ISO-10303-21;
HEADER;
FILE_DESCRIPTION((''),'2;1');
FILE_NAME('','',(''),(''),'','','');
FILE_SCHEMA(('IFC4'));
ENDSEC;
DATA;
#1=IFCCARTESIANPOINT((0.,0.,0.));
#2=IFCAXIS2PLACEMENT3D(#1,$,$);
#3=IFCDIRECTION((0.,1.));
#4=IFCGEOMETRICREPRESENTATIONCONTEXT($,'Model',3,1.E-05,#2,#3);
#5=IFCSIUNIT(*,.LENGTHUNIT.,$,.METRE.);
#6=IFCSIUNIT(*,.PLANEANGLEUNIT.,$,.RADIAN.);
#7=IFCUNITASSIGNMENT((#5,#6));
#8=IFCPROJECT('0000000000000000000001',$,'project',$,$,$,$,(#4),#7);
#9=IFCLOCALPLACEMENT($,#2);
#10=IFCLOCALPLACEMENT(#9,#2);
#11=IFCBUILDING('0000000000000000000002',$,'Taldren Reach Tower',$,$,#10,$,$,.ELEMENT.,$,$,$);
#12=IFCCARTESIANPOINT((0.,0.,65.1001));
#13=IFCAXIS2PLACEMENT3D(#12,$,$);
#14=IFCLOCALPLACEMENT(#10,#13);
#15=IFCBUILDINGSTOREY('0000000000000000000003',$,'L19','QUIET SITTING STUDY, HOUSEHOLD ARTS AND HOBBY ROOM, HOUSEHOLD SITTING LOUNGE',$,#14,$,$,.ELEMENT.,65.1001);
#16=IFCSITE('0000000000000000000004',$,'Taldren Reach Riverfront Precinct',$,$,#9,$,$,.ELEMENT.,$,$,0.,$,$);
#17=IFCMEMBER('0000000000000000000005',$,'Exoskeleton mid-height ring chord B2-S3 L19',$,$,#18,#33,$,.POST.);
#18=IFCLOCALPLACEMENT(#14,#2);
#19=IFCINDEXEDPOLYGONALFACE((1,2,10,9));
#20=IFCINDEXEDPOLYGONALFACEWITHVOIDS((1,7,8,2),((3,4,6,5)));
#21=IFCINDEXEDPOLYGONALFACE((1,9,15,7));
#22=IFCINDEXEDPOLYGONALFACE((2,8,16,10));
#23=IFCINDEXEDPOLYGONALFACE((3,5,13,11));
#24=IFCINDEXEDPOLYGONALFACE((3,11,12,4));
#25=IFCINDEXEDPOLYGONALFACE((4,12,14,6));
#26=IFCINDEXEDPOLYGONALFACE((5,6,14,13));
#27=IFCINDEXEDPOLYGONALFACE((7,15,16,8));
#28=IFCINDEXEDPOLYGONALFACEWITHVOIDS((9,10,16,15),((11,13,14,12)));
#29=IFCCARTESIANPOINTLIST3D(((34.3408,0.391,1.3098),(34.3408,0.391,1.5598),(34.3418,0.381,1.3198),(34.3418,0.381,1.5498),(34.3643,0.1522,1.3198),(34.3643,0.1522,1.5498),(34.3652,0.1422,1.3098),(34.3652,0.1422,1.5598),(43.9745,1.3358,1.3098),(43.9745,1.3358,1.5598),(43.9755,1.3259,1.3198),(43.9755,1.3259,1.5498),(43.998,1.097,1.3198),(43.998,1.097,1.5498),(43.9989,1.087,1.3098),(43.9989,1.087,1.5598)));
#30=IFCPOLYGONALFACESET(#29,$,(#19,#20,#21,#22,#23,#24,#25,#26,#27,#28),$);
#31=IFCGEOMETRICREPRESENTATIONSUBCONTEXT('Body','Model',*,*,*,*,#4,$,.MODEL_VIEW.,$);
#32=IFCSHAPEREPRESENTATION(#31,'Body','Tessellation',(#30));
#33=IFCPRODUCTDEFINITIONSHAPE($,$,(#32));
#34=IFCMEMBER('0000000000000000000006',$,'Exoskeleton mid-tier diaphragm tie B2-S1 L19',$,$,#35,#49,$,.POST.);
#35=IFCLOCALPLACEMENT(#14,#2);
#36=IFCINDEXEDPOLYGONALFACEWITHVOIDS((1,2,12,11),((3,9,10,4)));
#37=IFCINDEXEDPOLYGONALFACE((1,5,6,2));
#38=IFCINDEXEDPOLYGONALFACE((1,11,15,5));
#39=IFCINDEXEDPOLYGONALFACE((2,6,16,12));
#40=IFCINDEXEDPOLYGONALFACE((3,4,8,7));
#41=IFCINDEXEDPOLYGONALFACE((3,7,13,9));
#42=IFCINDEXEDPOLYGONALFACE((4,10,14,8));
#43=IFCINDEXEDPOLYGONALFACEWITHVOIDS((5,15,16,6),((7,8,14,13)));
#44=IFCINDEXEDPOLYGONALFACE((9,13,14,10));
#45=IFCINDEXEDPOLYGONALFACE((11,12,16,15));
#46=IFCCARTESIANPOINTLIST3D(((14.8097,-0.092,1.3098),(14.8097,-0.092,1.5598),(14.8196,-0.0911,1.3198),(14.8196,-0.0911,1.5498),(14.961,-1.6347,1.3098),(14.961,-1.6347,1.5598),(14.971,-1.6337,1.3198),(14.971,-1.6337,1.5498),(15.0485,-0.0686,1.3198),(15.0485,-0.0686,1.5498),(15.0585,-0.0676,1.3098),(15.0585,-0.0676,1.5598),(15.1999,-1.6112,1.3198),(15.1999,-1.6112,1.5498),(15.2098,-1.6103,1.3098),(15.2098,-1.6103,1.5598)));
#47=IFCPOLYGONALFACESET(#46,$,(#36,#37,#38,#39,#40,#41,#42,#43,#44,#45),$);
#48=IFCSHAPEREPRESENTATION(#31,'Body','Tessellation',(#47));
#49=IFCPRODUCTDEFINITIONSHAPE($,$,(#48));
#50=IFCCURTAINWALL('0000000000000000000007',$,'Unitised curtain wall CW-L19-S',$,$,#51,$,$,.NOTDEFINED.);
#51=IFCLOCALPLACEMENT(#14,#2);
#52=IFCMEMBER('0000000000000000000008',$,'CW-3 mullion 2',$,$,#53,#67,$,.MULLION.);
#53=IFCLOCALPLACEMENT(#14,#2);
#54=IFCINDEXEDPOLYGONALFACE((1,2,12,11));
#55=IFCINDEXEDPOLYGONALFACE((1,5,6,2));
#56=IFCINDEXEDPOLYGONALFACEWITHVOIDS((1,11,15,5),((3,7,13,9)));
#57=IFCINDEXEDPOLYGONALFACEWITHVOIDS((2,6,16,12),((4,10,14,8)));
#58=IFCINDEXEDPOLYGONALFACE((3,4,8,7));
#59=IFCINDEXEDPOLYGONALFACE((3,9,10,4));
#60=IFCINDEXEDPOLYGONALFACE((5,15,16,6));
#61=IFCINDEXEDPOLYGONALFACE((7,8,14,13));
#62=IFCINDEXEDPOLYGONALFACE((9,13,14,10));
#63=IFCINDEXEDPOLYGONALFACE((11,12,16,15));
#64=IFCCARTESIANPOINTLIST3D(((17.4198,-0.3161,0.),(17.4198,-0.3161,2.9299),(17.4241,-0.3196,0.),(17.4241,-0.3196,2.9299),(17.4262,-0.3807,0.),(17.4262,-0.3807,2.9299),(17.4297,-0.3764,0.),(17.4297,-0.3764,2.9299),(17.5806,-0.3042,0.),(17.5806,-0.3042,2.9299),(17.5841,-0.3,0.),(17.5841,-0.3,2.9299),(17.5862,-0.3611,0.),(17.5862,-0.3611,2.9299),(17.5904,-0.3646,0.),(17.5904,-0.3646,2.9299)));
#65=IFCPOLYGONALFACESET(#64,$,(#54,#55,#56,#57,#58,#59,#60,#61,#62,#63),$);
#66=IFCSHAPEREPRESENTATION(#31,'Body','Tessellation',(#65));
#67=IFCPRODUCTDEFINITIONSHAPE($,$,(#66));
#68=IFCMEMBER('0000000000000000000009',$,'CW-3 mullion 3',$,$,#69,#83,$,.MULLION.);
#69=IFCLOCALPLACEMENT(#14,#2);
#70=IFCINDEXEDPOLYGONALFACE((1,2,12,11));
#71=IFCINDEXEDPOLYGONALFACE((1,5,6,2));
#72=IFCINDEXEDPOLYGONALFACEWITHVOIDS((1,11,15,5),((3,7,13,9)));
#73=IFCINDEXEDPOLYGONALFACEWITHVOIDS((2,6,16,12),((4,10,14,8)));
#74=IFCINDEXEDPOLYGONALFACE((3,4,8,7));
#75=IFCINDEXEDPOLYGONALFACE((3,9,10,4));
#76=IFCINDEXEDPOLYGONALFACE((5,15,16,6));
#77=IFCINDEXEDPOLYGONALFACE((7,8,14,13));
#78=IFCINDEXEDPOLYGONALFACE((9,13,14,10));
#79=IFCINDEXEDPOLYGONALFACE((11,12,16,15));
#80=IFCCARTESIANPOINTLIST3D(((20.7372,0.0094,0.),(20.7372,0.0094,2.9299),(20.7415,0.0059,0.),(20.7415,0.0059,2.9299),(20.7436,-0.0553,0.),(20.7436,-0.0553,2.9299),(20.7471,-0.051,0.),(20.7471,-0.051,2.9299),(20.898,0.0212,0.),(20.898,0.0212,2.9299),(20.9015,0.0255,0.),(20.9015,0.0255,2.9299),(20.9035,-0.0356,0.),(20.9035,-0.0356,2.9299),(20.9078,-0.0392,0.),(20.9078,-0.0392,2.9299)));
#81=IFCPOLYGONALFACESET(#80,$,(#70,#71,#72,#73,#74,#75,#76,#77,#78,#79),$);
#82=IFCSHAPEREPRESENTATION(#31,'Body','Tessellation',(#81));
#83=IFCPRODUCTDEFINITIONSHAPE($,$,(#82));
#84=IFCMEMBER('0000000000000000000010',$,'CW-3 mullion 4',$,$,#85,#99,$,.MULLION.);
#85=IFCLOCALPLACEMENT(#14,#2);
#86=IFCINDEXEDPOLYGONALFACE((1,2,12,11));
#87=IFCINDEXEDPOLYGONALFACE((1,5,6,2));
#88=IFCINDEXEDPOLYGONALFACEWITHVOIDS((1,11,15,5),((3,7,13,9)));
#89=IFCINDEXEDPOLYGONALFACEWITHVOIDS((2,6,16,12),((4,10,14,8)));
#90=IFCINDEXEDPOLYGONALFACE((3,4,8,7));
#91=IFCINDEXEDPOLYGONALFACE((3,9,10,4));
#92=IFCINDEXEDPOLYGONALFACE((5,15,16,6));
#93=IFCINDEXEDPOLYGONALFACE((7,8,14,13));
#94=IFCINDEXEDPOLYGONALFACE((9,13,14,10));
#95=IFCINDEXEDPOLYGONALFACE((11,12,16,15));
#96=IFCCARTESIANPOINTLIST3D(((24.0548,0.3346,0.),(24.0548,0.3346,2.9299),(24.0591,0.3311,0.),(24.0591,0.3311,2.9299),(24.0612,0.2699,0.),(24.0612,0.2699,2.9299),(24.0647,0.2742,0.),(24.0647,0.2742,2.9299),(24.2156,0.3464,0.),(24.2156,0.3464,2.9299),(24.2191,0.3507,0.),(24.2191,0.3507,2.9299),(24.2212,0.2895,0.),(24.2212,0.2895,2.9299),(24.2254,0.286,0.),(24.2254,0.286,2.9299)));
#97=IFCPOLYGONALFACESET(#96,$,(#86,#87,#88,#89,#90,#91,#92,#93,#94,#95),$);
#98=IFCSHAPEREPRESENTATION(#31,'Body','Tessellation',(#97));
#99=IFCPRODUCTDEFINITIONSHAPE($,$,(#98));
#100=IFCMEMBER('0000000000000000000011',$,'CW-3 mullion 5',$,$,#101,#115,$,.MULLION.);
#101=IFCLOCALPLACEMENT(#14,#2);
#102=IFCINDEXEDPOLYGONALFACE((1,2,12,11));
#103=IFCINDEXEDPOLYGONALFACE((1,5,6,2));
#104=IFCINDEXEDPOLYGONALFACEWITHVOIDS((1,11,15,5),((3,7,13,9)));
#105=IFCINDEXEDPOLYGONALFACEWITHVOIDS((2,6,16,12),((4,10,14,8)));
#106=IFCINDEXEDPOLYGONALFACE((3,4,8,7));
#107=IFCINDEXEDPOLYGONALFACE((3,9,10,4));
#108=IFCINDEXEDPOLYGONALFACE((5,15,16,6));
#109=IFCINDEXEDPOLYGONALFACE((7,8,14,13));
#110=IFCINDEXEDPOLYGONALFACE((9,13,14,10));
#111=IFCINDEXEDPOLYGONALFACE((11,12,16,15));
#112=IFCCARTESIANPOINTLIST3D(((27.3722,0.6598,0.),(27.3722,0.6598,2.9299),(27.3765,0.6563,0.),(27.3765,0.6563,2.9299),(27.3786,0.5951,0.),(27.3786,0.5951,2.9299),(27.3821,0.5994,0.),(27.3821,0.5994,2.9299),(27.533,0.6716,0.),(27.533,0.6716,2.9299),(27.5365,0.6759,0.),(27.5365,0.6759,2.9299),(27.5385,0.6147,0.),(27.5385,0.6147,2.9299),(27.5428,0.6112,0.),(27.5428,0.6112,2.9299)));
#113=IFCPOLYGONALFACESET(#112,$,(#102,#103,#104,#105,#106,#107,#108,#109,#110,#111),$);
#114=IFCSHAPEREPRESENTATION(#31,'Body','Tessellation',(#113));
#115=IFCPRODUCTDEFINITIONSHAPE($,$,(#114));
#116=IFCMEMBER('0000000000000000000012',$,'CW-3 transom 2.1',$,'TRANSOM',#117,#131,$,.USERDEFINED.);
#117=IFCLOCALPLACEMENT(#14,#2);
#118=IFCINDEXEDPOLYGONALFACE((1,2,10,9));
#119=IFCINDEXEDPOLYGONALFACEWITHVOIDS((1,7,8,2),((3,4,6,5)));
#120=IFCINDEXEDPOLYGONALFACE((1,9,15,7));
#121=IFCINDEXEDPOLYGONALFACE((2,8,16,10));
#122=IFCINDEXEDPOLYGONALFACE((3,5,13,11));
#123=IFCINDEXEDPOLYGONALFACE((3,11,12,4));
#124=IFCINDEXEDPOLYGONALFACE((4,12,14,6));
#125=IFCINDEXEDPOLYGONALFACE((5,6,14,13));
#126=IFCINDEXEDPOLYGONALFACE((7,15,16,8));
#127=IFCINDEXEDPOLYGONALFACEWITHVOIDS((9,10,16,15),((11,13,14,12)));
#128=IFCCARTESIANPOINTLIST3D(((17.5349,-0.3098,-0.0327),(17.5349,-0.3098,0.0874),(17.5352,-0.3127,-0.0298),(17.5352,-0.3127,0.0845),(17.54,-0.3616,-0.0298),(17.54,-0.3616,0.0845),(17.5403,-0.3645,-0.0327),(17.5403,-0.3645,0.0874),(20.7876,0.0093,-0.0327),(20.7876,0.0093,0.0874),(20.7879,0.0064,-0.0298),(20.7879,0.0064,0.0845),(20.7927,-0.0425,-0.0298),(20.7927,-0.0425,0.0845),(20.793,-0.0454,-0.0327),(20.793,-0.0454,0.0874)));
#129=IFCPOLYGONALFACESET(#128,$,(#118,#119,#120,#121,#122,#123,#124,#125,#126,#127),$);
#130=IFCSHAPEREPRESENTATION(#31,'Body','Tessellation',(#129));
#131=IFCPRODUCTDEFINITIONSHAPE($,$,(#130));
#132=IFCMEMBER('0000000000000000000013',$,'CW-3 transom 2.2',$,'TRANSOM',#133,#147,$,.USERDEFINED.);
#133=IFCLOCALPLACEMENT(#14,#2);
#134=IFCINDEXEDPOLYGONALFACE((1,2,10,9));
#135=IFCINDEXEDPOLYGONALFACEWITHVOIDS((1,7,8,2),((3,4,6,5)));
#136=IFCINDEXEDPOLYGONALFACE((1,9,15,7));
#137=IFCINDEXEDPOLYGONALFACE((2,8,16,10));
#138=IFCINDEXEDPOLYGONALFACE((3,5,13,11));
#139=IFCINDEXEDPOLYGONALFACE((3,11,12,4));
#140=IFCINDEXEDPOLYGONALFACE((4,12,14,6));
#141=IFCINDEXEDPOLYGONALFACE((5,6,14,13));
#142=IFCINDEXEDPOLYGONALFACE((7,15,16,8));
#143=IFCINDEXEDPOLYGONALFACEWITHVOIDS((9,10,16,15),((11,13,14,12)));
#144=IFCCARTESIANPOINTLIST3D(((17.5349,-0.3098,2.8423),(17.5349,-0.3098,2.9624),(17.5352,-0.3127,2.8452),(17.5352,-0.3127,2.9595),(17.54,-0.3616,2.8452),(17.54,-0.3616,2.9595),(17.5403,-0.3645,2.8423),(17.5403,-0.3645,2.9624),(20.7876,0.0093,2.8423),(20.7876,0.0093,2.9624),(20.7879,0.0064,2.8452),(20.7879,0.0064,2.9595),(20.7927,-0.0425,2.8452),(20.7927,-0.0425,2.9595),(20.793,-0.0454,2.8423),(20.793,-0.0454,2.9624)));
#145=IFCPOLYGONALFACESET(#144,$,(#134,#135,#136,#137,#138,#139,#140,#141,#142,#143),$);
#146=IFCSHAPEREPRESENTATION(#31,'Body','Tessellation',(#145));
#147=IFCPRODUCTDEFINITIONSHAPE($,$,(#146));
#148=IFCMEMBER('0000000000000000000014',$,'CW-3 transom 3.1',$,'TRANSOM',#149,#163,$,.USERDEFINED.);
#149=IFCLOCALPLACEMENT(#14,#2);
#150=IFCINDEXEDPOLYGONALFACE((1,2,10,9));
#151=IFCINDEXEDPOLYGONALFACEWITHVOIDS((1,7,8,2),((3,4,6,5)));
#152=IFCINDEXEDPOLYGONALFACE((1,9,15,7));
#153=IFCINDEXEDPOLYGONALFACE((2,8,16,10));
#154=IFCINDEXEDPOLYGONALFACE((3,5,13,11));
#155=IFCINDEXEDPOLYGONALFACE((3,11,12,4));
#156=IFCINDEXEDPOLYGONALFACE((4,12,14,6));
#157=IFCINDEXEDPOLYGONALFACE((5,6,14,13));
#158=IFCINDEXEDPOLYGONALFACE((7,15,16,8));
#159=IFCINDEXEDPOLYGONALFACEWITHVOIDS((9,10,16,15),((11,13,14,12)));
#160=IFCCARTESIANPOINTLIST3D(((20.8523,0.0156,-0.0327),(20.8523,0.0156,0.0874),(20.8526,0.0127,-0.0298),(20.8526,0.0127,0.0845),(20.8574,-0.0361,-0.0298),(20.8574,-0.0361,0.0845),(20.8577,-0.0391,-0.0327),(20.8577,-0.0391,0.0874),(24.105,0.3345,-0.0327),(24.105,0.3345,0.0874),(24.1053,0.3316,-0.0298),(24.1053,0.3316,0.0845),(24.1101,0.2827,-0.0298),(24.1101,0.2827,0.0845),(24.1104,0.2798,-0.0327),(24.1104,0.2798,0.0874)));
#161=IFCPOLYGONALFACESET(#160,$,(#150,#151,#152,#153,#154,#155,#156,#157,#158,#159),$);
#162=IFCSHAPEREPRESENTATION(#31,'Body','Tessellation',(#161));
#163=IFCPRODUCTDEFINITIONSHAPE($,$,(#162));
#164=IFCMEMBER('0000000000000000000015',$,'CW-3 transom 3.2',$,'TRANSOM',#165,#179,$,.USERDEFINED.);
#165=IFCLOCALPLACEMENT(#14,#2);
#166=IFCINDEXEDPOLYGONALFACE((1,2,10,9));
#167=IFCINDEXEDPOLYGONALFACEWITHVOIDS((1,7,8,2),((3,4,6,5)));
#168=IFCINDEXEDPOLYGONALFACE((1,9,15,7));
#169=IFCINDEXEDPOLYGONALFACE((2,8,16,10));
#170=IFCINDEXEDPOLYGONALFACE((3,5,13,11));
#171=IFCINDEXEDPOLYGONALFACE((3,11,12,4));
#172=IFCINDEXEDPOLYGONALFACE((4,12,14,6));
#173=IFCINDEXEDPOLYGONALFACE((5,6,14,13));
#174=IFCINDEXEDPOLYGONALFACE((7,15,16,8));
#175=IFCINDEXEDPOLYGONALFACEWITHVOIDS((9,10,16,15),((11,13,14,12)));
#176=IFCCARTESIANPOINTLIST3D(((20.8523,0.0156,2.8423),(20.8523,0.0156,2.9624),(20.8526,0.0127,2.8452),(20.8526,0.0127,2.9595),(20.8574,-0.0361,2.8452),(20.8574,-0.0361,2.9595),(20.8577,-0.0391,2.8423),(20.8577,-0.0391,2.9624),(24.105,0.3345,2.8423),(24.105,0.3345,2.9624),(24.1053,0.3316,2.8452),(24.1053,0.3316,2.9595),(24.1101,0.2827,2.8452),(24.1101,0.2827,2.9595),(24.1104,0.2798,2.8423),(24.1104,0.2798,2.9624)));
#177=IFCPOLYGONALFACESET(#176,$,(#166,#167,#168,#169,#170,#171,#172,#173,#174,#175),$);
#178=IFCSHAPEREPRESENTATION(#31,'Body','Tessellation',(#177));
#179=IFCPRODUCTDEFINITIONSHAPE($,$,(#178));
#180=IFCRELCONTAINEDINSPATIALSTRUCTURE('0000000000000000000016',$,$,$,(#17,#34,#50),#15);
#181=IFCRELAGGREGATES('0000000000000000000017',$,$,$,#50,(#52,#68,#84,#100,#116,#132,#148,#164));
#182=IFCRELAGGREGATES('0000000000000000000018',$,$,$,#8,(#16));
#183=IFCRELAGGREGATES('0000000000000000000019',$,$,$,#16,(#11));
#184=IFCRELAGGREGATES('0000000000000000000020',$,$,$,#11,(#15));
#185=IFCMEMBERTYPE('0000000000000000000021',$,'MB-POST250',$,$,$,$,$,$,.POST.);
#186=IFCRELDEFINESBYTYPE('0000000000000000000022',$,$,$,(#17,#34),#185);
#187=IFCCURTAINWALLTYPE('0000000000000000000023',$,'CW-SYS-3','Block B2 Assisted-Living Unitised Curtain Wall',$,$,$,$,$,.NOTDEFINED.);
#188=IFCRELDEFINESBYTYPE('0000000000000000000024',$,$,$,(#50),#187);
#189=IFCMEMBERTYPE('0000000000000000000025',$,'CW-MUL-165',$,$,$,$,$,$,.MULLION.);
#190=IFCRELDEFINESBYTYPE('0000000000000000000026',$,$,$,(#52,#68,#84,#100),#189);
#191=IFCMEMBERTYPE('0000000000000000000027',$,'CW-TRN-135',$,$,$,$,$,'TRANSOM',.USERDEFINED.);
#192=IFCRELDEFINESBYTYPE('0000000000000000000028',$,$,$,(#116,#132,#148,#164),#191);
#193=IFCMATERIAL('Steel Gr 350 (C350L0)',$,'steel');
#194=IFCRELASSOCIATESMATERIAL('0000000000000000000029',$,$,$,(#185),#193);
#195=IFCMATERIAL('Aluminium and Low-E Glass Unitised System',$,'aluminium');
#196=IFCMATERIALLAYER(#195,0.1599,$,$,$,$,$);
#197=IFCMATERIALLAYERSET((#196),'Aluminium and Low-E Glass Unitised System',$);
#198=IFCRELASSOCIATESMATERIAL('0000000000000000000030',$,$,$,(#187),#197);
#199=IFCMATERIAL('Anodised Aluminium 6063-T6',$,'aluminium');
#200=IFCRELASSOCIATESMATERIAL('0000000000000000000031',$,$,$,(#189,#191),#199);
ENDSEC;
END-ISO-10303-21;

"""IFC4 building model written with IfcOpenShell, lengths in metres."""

from ifc_helpers import new_model, si_unit, direction, frame, origin, origin_2d, place, context, subcontext, project, spatial, hollow_rectangle, extrude, source, transform, mapped, material, layer, layer_set, material_profile, profile_set, type_object, element, aggregate, save


model = new_model("IFC4")

# Units and contexts
model_context = context("Model", 3, precision=1e-05, world=origin(), true_north=direction((0.0, 1.0)))
body_context = subcontext(model_context, "Body", "Model", "MODEL_VIEW")
ifc_project = project(units=[si_unit("LENGTHUNIT", "METRE"), si_unit("PLANEANGLEUNIT", "RADIAN")], contexts=[model_context])

# Site, building, storey
site_placement = place(None, origin())
site = spatial("IfcSite", under=ifc_project, at=site_placement, Name="Taldren Reach Riverfront Precinct", CompositionType="ELEMENT", RefElevation=0.0)
building_placement = place(site_placement, origin())
building = spatial("IfcBuilding", under=site, at=building_placement, Name="Taldren Reach Tower", CompositionType="ELEMENT")
storey_placement = place(building_placement, frame((0.0, 0.0, 65.1001)))
storey = spatial("IfcBuildingStorey", under=building, at=storey_placement, Name="L19", Description="QUIET SITTING STUDY, HOUSEHOLD ARTS AND HOBBY ROOM, HOUSEHOLD SITTING LOUNGE", CompositionType="ELEMENT", Elevation=65.1001)

# Members
ifc_material_1 = material(Name="Steel Gr 350 (C350L0)", Category="steel")
ifc_material_profile_1 = material_profile(ifc_material_1, hollow_rectangle(XDim=0.25, YDim=0.25, WallThickness=0.01, at=origin_2d()), Name="250x250x10.0SHS")
ifc_profile_set_1 = profile_set([ifc_material_profile_1], Name="Steel Gr 350 (C350L0)")
member_type_1 = type_object("IfcMemberType", Name="MB-POST250", PredefinedType="POST", material=ifc_profile_set_1)
shared_shape_1 = source(origin(), body_context, "Body", "SweptSolid", [
    extrude(hollow_rectangle(XDim=0.25, YDim=0.25, WallThickness=0.01, at=origin_2d()), origin(), (0.0, 0.0, 1.0), 9.6799),
])
for number, where, z_axis, x_axis, name in (
    (1, (34.353, 0.2666, 1.4348), (0.995225, 0.097606, 0.0), (-0.097606, 0.995225, 0.0), "Exoskeleton mid-height ring chord B2-S3 L19"),
):
    element("IfcMember", number, at=place(storey_placement, frame(where, z_axis=z_axis, x_axis=x_axis)), inside=storey, type_object=member_type_1, Name=name, PredefinedType="POST", context=body_context, shape_type="MappedRepresentation", body=[
        mapped(shared_shape_1, transform((0.0, 0.0, 0.0), scale=1.0)),
    ])
shared_shape_2 = source(origin(), body_context, "Body", "SweptSolid", [
    extrude(hollow_rectangle(XDim=0.25, YDim=0.25, WallThickness=0.01, at=origin_2d()), origin(), (0.0, 0.0, 1.0), 1.55),
])
member_1_placement = place(storey_placement, frame((14.9341, -0.0798, 1.4348), z_axis=(0.097648, -0.995221, 0.0), x_axis=(0.995221, 0.097648, 0.0)))
element("IfcMember", 2, at=member_1_placement, inside=storey, type_object=member_type_1, Name="Exoskeleton mid-tier diaphragm tie B2-S1 L19", PredefinedType="POST", context=body_context, shape_type="MappedRepresentation", body=[
    mapped(shared_shape_2, transform((0.0, 0.0, 0.0), scale=1.0)),
])

# Curtain wall, members
ifc_material_2 = material(Name="Aluminium and Low-E Glass Unitised System", Category="aluminium")
ifc_layer_1 = layer(ifc_material_2, 0.1599)
ifc_layer_set_1 = layer_set([ifc_layer_1], Name="Aluminium and Low-E Glass Unitised System")
curtain_wall_type = type_object("IfcCurtainWallType", Name="CW-SYS-3", Description="Block B2 Assisted-Living Unitised Curtain Wall", PredefinedType="NOTDEFINED", material=ifc_layer_set_1)
curtain_wall_placement = place(storey_placement, origin())
curtain_wall = element("IfcCurtainWall", 3, at=curtain_wall_placement, inside=storey, type_object=curtain_wall_type, Name="Unitised curtain wall CW-L19-S", PredefinedType="NOTDEFINED")
ifc_material_3 = material(Name="Anodised Aluminium 6063-T6", Category="aluminium")
ifc_material_profile_2 = material_profile(ifc_material_3, hollow_rectangle(XDim=0.0649, YDim=0.165, WallThickness=0.0039, at=origin_2d()), Name="ALU-165x65x4RHS")
ifc_profile_set_2 = profile_set([ifc_material_profile_2], Name="Anodised Aluminium 6063-T6")
member_type_2 = type_object("IfcMemberType", Name="CW-MUL-165", PredefinedType="MULLION", material=ifc_profile_set_2)
shared_shape_3 = source(origin(), body_context, "Body", "SweptSolid", [
    extrude(hollow_rectangle(XDim=0.0649, YDim=0.165, WallThickness=0.0039, at=origin_2d()), origin(), (0.0, 0.0, 1.0), 2.9299),
])
member_2_placement = place(storey_placement, frame((17.5051, -0.3403, 0.0), z_axis=(0.0, 0.0, 1.0), x_axis=(-0.097583, 0.995227, 0.0)))
member_2 = element("IfcMember", 4, at=member_2_placement, type_object=member_type_2, Name="CW-3 mullion 2", PredefinedType="MULLION", context=body_context, shape_type="MappedRepresentation", body=[
    mapped(shared_shape_3, transform((0.0, 0.0, 0.0), scale=1.0)),
])
member_3_placement = place(storey_placement, frame((20.8225, -0.0149, 0.0), z_axis=(0.0, 0.0, 1.0), x_axis=(-0.097583, 0.995227, 0.0)))
member_3 = element("IfcMember", 5, at=member_3_placement, type_object=member_type_2, Name="CW-3 mullion 3", PredefinedType="MULLION", context=body_context, shape_type="MappedRepresentation", body=[
    mapped(shared_shape_3, transform((0.0, 0.0, 0.0), scale=1.0)),
])
member_4_placement = place(storey_placement, frame((24.1401, 0.3103, 0.0), z_axis=(0.0, 0.0, 1.0), x_axis=(-0.097583, 0.995227, 0.0)))
member_4 = element("IfcMember", 6, at=member_4_placement, type_object=member_type_2, Name="CW-3 mullion 4", PredefinedType="MULLION", context=body_context, shape_type="MappedRepresentation", body=[
    mapped(shared_shape_3, transform((0.0, 0.0, 0.0), scale=1.0)),
])
member_5_placement = place(storey_placement, frame((27.4575, 0.6355, 0.0), z_axis=(0.0, 0.0, 1.0), x_axis=(-0.097583, 0.995227, 0.0)))
member_5 = element("IfcMember", 7, at=member_5_placement, type_object=member_type_2, Name="CW-3 mullion 5", PredefinedType="MULLION", context=body_context, shape_type="MappedRepresentation", body=[
    mapped(shared_shape_3, transform((0.0, 0.0, 0.0), scale=1.0)),
])
ifc_material_profile_3 = material_profile(ifc_material_3, hollow_rectangle(XDim=0.0549, YDim=0.1201, WallThickness=0.0029, at=origin_2d()), Name="ALU-120x55x3RHS")
ifc_profile_set_3 = profile_set([ifc_material_profile_3], Name="Anodised Aluminium 6063-T6")
member_type_3 = type_object("IfcMemberType", Name="CW-TRN-135", ElementType="TRANSOM", PredefinedType="USERDEFINED", material=ifc_profile_set_3)
shared_shape_4 = source(origin(), body_context, "Body", "SweptSolid", [
    extrude(hollow_rectangle(XDim=0.0549, YDim=0.1201, WallThickness=0.0029, at=origin_2d()), origin(), (0.0, 0.0, 1.0), 3.2683),
])
member_6_placement = place(storey_placement, frame((17.5376, -0.3372, 0.0273), z_axis=(0.995223, 0.097632, 0.0), x_axis=(-0.097632, 0.995223, 0.0)))
member_6 = element("IfcMember", 8, at=member_6_placement, type_object=member_type_3, Name="CW-3 transom 2.1", ObjectType="TRANSOM", PredefinedType="USERDEFINED", context=body_context, shape_type="MappedRepresentation", body=[
    mapped(shared_shape_4, transform((0.0, 0.0, 0.0), scale=1.0)),
])
member_7_placement = place(storey_placement, frame((17.5376, -0.3372, 2.9023), z_axis=(0.995223, 0.097632, 0.0), x_axis=(-0.097632, 0.995223, 0.0)))
member_7 = element("IfcMember", 9, at=member_7_placement, type_object=member_type_3, Name="CW-3 transom 2.2", ObjectType="TRANSOM", PredefinedType="USERDEFINED", context=body_context, shape_type="MappedRepresentation", body=[
    mapped(shared_shape_4, transform((0.0, 0.0, 0.0), scale=1.0)),
])
member_8_placement = place(storey_placement, frame((20.855, -0.0117, 0.0273), z_axis=(0.99523, 0.097558, 0.0), x_axis=(-0.097558, 0.99523, 0.0)))
member_8 = element("IfcMember", 10, at=member_8_placement, type_object=member_type_3, Name="CW-3 transom 3.1", ObjectType="TRANSOM", PredefinedType="USERDEFINED", context=body_context, shape_type="MappedRepresentation", body=[
    mapped(shared_shape_4, transform((0.0, 0.0, 0.0), scale=1.0)),
])
member_9_placement = place(storey_placement, frame((20.855, -0.0117, 2.9023), z_axis=(0.99523, 0.097558, 0.0), x_axis=(-0.097558, 0.99523, 0.0)))
member_9 = element("IfcMember", 11, at=member_9_placement, type_object=member_type_3, Name="CW-3 transom 3.2", ObjectType="TRANSOM", PredefinedType="USERDEFINED", context=body_context, shape_type="MappedRepresentation", body=[
    mapped(shared_shape_4, transform((0.0, 0.0, 0.0), scale=1.0)),
])

aggregate(curtain_wall, [member_2, member_3, member_4, member_5, member_6, member_7, member_8, member_9])

save(model, "model.ifc")
